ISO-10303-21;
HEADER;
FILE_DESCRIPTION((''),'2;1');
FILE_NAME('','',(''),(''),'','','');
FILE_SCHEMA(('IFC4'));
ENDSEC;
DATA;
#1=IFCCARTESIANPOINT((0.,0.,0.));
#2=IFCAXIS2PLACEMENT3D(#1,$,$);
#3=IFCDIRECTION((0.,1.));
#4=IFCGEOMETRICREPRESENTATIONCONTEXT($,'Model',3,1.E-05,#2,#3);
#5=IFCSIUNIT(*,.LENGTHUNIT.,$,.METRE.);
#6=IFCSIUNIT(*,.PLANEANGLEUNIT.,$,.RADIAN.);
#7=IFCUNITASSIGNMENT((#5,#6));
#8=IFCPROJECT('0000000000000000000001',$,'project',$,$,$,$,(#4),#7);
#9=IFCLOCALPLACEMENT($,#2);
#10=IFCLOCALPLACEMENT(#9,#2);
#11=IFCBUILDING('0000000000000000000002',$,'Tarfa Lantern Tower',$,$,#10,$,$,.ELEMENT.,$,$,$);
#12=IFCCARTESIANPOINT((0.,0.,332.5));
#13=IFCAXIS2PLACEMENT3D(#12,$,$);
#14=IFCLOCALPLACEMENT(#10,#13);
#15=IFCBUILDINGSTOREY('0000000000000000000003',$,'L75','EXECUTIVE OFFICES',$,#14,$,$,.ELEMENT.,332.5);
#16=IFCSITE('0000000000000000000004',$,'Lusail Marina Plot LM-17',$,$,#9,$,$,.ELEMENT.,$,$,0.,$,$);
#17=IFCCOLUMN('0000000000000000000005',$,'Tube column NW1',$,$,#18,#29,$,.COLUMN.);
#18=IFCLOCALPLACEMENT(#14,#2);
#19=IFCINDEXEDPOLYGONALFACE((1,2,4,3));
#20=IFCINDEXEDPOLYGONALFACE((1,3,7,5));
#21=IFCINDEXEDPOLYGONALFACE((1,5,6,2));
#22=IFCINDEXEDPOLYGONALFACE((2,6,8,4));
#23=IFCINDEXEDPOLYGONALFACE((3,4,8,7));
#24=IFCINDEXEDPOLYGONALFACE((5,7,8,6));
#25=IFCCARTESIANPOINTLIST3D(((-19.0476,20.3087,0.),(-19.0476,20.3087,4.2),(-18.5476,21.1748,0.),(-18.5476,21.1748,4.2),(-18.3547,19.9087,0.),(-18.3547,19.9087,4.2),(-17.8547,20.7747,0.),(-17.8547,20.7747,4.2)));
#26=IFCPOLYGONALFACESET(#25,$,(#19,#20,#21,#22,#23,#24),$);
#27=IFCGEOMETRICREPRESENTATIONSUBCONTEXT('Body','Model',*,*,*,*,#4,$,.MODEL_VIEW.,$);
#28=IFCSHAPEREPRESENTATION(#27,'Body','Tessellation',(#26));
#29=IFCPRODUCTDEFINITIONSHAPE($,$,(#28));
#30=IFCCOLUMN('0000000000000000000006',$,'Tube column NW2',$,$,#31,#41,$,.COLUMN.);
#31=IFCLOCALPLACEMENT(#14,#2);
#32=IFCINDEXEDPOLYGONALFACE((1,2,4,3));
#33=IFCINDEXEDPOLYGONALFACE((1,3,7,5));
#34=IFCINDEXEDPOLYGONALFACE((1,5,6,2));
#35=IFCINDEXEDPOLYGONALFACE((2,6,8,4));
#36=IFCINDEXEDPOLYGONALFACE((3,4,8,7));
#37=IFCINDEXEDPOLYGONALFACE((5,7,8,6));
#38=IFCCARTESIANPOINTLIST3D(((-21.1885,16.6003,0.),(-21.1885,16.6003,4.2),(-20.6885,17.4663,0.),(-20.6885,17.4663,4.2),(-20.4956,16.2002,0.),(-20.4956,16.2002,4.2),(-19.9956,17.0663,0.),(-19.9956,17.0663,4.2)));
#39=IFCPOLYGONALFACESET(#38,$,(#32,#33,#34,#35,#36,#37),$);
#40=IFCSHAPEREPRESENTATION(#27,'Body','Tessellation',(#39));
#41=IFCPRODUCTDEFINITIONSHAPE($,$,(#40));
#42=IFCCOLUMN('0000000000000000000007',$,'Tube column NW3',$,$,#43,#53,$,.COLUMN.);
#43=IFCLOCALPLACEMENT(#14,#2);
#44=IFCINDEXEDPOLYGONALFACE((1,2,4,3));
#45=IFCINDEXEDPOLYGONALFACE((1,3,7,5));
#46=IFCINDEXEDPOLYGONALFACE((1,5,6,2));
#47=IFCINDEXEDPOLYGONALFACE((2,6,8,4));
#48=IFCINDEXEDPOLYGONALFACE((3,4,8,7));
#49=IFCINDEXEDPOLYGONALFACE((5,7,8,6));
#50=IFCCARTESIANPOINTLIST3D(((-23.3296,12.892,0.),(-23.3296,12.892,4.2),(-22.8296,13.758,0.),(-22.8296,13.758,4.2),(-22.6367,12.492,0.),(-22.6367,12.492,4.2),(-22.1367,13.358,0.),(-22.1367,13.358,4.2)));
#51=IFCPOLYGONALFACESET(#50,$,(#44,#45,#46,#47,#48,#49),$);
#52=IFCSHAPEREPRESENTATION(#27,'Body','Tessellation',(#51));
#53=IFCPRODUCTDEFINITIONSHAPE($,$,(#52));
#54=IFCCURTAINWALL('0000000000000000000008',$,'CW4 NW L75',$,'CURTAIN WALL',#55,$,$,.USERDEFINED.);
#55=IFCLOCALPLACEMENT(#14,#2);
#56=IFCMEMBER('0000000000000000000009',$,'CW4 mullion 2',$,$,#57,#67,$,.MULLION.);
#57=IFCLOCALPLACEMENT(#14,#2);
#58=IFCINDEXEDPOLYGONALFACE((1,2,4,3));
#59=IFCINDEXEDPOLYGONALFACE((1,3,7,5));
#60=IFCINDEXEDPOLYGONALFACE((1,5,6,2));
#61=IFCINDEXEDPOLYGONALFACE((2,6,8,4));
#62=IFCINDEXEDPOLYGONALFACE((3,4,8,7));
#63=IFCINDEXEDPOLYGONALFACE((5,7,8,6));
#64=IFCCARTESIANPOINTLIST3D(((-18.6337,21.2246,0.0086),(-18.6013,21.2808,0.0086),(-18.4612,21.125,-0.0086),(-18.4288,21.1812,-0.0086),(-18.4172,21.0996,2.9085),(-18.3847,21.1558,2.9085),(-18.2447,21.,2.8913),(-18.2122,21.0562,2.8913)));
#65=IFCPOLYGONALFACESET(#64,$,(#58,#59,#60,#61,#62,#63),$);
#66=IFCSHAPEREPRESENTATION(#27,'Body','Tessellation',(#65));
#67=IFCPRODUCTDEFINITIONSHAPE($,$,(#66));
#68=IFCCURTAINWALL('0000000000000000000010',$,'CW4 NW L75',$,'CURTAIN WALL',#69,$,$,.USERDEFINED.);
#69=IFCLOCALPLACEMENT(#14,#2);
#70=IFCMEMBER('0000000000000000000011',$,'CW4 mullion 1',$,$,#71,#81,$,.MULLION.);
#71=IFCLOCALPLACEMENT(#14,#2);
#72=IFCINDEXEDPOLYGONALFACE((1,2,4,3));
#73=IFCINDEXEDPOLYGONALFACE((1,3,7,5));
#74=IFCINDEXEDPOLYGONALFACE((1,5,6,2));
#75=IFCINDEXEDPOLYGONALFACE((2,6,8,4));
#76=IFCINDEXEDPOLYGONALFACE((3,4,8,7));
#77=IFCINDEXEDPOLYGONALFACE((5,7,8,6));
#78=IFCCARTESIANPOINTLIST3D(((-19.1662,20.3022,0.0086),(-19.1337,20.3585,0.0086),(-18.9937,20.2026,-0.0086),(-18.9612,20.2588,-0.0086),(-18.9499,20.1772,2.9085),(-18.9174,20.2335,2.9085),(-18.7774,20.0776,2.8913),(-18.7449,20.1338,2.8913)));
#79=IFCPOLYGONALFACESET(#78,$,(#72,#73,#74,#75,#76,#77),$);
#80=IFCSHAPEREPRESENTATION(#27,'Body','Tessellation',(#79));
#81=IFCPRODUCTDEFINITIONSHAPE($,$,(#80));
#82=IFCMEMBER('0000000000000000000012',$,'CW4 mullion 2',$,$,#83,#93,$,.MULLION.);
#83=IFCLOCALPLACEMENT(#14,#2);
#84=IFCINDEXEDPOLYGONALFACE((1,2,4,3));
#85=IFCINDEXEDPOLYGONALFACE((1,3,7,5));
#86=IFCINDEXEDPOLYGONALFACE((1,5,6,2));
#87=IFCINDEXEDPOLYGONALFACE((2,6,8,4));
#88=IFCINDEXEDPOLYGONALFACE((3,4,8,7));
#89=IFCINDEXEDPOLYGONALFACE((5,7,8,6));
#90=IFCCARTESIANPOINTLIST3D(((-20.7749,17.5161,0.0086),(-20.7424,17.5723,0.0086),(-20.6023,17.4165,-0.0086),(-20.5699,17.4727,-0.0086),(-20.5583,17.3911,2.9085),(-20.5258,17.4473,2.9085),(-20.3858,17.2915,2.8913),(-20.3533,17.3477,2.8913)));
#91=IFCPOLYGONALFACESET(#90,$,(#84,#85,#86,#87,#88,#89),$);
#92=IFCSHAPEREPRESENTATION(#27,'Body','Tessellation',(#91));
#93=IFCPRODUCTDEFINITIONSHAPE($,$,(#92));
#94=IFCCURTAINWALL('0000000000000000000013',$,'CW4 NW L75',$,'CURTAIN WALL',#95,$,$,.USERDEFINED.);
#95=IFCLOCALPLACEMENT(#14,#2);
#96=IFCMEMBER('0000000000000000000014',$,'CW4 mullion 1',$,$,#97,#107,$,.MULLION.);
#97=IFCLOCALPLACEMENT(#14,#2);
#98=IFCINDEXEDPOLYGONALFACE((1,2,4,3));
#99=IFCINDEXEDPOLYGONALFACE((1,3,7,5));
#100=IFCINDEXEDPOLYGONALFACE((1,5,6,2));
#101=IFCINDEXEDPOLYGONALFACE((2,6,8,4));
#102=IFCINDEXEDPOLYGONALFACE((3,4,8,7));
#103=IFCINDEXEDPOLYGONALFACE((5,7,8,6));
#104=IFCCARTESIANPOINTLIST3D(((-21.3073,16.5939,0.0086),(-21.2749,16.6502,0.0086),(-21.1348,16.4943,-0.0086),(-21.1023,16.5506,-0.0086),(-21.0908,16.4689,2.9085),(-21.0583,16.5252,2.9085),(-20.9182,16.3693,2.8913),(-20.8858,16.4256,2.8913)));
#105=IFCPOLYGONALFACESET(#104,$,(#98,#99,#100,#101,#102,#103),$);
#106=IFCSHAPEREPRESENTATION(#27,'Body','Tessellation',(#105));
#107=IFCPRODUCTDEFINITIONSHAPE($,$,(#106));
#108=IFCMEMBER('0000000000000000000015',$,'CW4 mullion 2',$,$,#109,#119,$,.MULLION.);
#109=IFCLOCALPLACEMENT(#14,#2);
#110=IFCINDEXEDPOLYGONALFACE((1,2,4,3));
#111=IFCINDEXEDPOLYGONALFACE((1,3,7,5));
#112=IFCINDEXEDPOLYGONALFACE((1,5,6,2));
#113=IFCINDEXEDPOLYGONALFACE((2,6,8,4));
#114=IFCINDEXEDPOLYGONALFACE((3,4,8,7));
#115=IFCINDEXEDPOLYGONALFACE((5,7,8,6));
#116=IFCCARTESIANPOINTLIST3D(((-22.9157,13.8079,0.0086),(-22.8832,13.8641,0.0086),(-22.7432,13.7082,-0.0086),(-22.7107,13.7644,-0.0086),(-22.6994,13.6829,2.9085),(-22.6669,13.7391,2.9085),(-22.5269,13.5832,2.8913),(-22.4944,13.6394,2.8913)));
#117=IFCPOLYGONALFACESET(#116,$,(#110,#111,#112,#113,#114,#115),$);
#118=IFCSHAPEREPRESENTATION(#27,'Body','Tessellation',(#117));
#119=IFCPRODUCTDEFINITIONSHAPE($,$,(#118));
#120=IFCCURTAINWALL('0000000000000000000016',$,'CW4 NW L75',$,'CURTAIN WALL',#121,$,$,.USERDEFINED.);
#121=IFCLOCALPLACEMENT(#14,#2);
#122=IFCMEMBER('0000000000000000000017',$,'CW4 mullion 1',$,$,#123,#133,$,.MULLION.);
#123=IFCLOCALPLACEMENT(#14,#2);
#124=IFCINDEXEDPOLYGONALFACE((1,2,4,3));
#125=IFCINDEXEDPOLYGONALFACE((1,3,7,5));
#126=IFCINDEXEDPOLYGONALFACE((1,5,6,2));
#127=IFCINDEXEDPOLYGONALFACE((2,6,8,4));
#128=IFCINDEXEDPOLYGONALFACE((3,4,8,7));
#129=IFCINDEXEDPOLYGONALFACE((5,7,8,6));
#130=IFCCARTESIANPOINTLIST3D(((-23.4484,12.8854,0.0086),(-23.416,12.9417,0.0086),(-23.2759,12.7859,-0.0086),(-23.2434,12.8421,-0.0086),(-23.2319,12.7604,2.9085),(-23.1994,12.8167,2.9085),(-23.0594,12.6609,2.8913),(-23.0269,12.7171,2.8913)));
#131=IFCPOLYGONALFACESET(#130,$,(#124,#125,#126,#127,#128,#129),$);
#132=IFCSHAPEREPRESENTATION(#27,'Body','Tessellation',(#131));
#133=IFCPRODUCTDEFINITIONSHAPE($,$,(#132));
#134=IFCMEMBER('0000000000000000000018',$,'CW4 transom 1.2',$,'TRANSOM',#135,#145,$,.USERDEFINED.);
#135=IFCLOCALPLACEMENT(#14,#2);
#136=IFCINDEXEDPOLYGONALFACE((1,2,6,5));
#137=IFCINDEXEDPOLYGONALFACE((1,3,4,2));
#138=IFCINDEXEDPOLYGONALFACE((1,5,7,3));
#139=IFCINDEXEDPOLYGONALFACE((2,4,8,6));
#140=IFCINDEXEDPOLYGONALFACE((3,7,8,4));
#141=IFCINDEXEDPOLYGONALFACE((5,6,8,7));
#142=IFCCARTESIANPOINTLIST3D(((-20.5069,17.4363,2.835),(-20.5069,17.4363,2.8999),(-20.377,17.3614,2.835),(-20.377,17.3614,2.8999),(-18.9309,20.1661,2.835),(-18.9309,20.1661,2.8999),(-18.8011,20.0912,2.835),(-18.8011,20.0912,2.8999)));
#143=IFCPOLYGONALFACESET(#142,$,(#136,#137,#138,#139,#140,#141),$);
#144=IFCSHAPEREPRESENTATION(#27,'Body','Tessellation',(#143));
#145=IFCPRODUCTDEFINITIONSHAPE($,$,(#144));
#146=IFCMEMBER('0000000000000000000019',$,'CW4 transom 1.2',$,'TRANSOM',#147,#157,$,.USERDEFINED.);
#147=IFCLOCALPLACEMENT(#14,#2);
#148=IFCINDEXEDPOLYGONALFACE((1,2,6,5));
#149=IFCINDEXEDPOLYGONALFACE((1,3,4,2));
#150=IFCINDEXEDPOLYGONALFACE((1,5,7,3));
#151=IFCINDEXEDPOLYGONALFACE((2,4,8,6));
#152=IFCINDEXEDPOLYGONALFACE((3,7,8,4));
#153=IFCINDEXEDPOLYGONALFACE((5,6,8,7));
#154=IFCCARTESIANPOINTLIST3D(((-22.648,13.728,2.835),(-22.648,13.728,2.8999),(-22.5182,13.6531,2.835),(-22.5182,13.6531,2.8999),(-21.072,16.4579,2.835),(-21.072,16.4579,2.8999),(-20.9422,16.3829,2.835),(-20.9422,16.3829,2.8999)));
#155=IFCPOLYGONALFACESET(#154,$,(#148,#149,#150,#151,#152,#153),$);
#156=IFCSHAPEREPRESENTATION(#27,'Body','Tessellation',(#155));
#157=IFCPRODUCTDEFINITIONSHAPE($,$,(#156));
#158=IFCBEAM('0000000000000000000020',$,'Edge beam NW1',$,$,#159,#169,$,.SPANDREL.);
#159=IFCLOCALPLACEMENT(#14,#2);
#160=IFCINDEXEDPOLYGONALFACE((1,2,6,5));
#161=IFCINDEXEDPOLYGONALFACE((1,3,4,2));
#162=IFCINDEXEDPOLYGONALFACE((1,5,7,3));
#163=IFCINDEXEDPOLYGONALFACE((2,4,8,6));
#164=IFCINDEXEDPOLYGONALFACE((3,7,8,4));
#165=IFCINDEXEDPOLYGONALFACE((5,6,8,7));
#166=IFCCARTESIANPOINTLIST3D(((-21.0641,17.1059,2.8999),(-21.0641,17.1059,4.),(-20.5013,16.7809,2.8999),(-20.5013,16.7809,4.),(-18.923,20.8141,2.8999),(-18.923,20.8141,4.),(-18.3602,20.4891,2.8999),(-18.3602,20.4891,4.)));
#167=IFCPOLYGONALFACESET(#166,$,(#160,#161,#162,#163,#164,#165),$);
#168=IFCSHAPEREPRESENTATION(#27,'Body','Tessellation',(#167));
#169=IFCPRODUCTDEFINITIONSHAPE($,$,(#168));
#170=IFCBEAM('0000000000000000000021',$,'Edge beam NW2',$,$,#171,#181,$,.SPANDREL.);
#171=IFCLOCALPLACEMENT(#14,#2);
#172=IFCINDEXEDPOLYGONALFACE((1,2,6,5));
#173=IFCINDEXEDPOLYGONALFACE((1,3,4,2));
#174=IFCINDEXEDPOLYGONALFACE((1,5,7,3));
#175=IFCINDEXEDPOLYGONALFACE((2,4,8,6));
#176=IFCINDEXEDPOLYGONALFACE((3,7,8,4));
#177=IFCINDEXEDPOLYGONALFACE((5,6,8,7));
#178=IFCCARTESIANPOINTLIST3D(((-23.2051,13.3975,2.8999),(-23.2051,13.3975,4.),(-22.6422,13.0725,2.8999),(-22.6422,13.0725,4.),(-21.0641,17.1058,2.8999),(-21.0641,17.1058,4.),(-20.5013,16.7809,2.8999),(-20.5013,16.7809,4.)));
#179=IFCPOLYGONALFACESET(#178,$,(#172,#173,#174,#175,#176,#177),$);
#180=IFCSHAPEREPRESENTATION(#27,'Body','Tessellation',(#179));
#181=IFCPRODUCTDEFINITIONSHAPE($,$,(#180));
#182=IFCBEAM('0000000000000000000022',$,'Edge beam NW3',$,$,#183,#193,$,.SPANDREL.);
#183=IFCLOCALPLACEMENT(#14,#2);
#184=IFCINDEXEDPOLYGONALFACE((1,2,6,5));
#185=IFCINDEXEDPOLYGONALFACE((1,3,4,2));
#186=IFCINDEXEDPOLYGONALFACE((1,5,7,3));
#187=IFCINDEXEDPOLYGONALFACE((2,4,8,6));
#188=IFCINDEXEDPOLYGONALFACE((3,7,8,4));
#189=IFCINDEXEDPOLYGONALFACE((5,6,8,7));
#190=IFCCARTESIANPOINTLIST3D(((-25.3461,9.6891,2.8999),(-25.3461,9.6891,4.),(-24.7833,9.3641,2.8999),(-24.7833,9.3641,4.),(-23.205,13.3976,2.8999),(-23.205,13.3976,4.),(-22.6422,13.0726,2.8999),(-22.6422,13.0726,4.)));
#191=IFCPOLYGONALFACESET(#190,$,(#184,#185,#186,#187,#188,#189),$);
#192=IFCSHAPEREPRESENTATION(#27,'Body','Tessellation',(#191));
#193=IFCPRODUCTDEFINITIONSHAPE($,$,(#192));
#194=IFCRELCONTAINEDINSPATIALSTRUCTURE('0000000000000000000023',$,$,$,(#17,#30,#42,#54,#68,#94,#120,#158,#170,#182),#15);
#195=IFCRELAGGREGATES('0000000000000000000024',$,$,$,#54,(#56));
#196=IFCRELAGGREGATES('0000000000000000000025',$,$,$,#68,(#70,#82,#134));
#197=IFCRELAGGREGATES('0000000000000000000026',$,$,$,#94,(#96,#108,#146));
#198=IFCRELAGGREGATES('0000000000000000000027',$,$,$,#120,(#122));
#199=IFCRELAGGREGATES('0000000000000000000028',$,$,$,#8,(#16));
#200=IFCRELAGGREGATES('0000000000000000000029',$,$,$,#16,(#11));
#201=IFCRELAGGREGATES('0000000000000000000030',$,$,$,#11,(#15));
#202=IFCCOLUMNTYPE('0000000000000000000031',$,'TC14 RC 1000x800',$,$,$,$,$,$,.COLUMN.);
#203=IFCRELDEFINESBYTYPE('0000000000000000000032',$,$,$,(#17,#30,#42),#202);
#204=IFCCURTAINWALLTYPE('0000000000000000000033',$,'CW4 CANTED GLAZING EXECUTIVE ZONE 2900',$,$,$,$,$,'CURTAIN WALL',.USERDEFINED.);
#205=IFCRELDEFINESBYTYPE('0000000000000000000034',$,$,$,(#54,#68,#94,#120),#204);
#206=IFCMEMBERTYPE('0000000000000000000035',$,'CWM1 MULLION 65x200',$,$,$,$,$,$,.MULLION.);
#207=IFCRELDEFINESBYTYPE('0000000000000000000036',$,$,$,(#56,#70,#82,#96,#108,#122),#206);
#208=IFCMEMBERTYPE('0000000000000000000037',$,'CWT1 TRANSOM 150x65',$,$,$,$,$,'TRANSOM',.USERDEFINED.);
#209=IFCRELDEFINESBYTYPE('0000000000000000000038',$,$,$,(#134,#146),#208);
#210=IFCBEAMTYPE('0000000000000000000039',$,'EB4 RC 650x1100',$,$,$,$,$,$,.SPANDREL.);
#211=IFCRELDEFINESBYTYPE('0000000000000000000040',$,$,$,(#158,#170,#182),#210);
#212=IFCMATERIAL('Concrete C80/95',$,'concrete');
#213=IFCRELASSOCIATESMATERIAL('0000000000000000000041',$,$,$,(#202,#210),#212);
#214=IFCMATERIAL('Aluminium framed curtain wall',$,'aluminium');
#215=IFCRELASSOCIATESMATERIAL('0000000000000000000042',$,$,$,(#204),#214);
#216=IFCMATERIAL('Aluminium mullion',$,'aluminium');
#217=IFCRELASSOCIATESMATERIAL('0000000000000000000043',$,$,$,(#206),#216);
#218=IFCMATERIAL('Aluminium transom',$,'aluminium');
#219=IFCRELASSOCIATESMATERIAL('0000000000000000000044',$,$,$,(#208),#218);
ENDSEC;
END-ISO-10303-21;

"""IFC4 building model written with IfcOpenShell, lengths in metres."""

from ifc_helpers import new_model, si_unit, direction, frame, origin, origin_2d, place, context, subcontext, project, spatial, rectangle, extrude, material, material_profile, profile_set, type_object, element, aggregate, save


model = new_model("IFC4")

# Units and contexts
model_context = context("Model", 3, precision=1e-05, world=origin(), true_north=direction((0.0, 1.0)))
body_context = subcontext(model_context, "Body", "Model", "MODEL_VIEW")
ifc_project = project(units=[si_unit("LENGTHUNIT", "METRE"), si_unit("PLANEANGLEUNIT", "RADIAN")], contexts=[model_context])

# Site, building, storey
site_placement = place(None, origin())
site = spatial("IfcSite", under=ifc_project, at=site_placement, Name="Lusail Marina Plot LM-17", CompositionType="ELEMENT", RefElevation=0.0)
building_placement = place(site_placement, origin())
building = spatial("IfcBuilding", under=site, at=building_placement, Name="Tarfa Lantern Tower", CompositionType="ELEMENT")
storey_placement = place(building_placement, frame((0.0, 0.0, 332.5)))
storey = spatial("IfcBuildingStorey", under=building, at=storey_placement, Name="L75", Description="EXECUTIVE OFFICES", CompositionType="ELEMENT", Elevation=332.5)

# Columns
ifc_material_1 = material(Name="Concrete C80/95", Category="concrete")
ifc_material_profile_1 = material_profile(ifc_material_1, rectangle(XDim=1.0, YDim=0.8, at=origin_2d()), Name="RC 1000x800")
ifc_profile_set_1 = profile_set([ifc_material_profile_1], Name="Concrete C80/95")
column_type = type_object("IfcColumnType", Name="TC14 RC 1000x800", PredefinedType="COLUMN", material=ifc_profile_set_1)
for number, where, z_axis, x_axis, name in (
    (1, (-18.4512, 20.5417, 0.0), (0.0, 0.0, 1.0), (-0.5, -0.866025, 0.0), "Tube column NW1"),
    (2, (-20.592, 16.8333, 0.0), (0.0, 0.0, 1.0), (-0.5, -0.866025, 0.0), "Tube column NW2"),
    (3, (-22.7332, 13.125, 0.0), (0.0, 0.0, 1.0), (-0.5, -0.866025, 0.0), "Tube column NW3"),
):
    element("IfcColumn", number, at=place(storey_placement, frame(where, z_axis=z_axis, x_axis=x_axis)), inside=storey, type_object=column_type, Name=name, PredefinedType="COLUMN", context=body_context, shape_type="SweptSolid", body=[
        extrude(rectangle(XDim=1.0, YDim=0.8, at=origin_2d()), origin(), (0.0, 0.0, 1.0), 4.2),
    ])

# Curtain wall, member
ifc_material_2 = material(Name="Aluminium framed curtain wall", Category="aluminium")
curtain_wall_type = type_object("IfcCurtainWallType", Name="CW4 CANTED GLAZING EXECUTIVE ZONE 2900", ElementType="CURTAIN WALL", PredefinedType="USERDEFINED", material=ifc_material_2)
curtain_wall_1_placement = place(storey_placement, origin())
curtain_wall_1 = element("IfcCurtainWall", 4, at=curtain_wall_1_placement, inside=storey, type_object=curtain_wall_type, Name="CW4 NW L75", ObjectType="CURTAIN WALL", PredefinedType="USERDEFINED")
ifc_material_3 = material(Name="Aluminium mullion", Category="aluminium")
ifc_material_profile_2 = material_profile(ifc_material_3, rectangle(XDim=0.0649, YDim=0.2, at=origin_2d()), Name="AL MULLION 65x200")
ifc_profile_set_2 = profile_set([ifc_material_profile_2], Name="Aluminium mullion")
member_type_1 = type_object("IfcMemberType", Name="CWM1 MULLION 65x200", PredefinedType="MULLION", material=ifc_profile_set_2)
member_1_placement = place(storey_placement, frame((-18.5312, 21.2029, 0.0), z_axis=(0.0744, -0.042946, 0.996303), x_axis=(0.49992, 0.866072, 0.0)))
member_1 = element("IfcMember", 5, at=member_1_placement, type_object=member_type_1, Name="CW4 mullion 2", PredefinedType="MULLION", context=body_context, shape_type="SweptSolid", body=[
    extrude(rectangle(XDim=0.0649, YDim=0.2, at=origin_2d()), origin(), (0.0, 0.0, 1.0), 2.9106),
])
aggregate(curtain_wall_1, [member_1])

# Curtain walls, members
curtain_wall_2_placement = place(storey_placement, origin())
curtain_wall_2 = element("IfcCurtainWall", 6, at=curtain_wall_2_placement, inside=storey, type_object=curtain_wall_type, Name="CW4 NW L75", ObjectType="CURTAIN WALL", PredefinedType="USERDEFINED")
member_2_placement = place(storey_placement, frame((-19.0637, 20.2805, 0.0), z_axis=(0.074316, -0.042946, 0.99631), x_axis=(0.500343, 0.865827, 0.0)))
member_2 = element("IfcMember", 7, at=member_2_placement, type_object=member_type_1, Name="CW4 mullion 1", PredefinedType="MULLION", context=body_context, shape_type="SweptSolid", body=[
    extrude(rectangle(XDim=0.0649, YDim=0.2, at=origin_2d()), origin(), (0.0, 0.0, 1.0), 2.9106),
])
member_3_placement = place(storey_placement, frame((-20.6724, 17.4944, 0.0), z_axis=(0.0744, -0.042946, 0.996303), x_axis=(0.49992, 0.866072, 0.0)))
member_3 = element("IfcMember", 8, at=member_3_placement, type_object=member_type_1, Name="CW4 mullion 2", PredefinedType="MULLION", context=body_context, shape_type="SweptSolid", body=[
    extrude(rectangle(XDim=0.0649, YDim=0.2, at=origin_2d()), origin(), (0.0, 0.0, 1.0), 2.9106),
])
curtain_wall_3_placement = place(storey_placement, origin())
curtain_wall_3 = element("IfcCurtainWall", 9, at=curtain_wall_3_placement, inside=storey, type_object=curtain_wall_type, Name="CW4 NW L75", ObjectType="CURTAIN WALL", PredefinedType="USERDEFINED")
member_4_placement = place(storey_placement, frame((-21.2048, 16.5723, 0.0), z_axis=(0.0744, -0.042946, 0.996303), x_axis=(0.49992, 0.866072, 0.0)))
member_4 = element("IfcMember", 10, at=member_4_placement, type_object=member_type_1, Name="CW4 mullion 1", PredefinedType="MULLION", context=body_context, shape_type="SweptSolid", body=[
    extrude(rectangle(XDim=0.0649, YDim=0.2, at=origin_2d()), origin(), (0.0, 0.0, 1.0), 2.9106),
])
member_5_placement = place(storey_placement, frame((-22.8132, 13.7861, 0.0), z_axis=(0.074316, -0.042946, 0.99631), x_axis=(0.500343, 0.865827, 0.0)))
member_5 = element("IfcMember", 11, at=member_5_placement, type_object=member_type_1, Name="CW4 mullion 2", PredefinedType="MULLION", context=body_context, shape_type="SweptSolid", body=[
    extrude(rectangle(XDim=0.0649, YDim=0.2, at=origin_2d()), origin(), (0.0, 0.0, 1.0), 2.9106),
])

# Curtain wall, member
curtain_wall_4_placement = place(storey_placement, origin())
curtain_wall_4 = element("IfcCurtainWall", 12, at=curtain_wall_4_placement, inside=storey, type_object=curtain_wall_type, Name="CW4 NW L75", ObjectType="CURTAIN WALL", PredefinedType="USERDEFINED")
member_6_placement = place(storey_placement, frame((-23.3459, 12.8638, 0.0), z_axis=(0.0744, -0.042946, 0.996303), x_axis=(0.49992, 0.866072, 0.0)))
member_6 = element("IfcMember", 13, at=member_6_placement, type_object=member_type_1, Name="CW4 mullion 1", PredefinedType="MULLION", context=body_context, shape_type="SweptSolid", body=[
    extrude(rectangle(XDim=0.0649, YDim=0.2, at=origin_2d()), origin(), (0.0, 0.0, 1.0), 2.9106),
])

# Members
ifc_material_4 = material(Name="Aluminium transom", Category="aluminium")
ifc_material_profile_3 = material_profile(ifc_material_4, rectangle(XDim=0.1499, YDim=0.0649, at=origin_2d()), Name="AL TRANSOM 150x65")
ifc_profile_set_3 = profile_set([ifc_material_profile_3], Name="Aluminium transom")
member_type_2 = type_object("IfcMemberType", Name="CWT1 TRANSOM 150x65", ElementType="TRANSOM", PredefinedType="USERDEFINED", material=ifc_profile_set_3)
member_7_placement = place(storey_placement, frame((-18.866, 20.1287, 2.8674), z_axis=(-0.499979, -0.866037, 0.0), x_axis=(0.866037, -0.499979, 0.0)))
member_7 = element("IfcMember", 14, at=member_7_placement, type_object=member_type_2, Name="CW4 transom 1.2", ObjectType="TRANSOM", PredefinedType="USERDEFINED", context=body_context, shape_type="SweptSolid", body=[
    extrude(rectangle(XDim=0.1499, YDim=0.0649, at=origin_2d()), origin(), (0.0, 0.0, 1.0), 3.1521),
])
member_8_placement = place(storey_placement, frame((-21.0071, 16.4204, 2.8674), z_axis=(-0.499979, -0.866037, 0.0), x_axis=(0.866037, -0.499979, 0.0)))
member_8 = element("IfcMember", 15, at=member_8_placement, type_object=member_type_2, Name="CW4 transom 1.2", ObjectType="TRANSOM", PredefinedType="USERDEFINED", context=body_context, shape_type="SweptSolid", body=[
    extrude(rectangle(XDim=0.1499, YDim=0.0649, at=origin_2d()), origin(), (0.0, 0.0, 1.0), 3.1521),
])

# Beams
ifc_material_profile_4 = material_profile(ifc_material_1, rectangle(XDim=0.6499, YDim=1.1001, at=origin_2d()), Name="RC 650x1100")
ifc_profile_set_4 = profile_set([ifc_material_profile_4], Name="Concrete C80/95")
beam_type_1 = type_object("IfcBeamType", Name="EB4 RC 650x1100", PredefinedType="SPANDREL", material=ifc_profile_set_4)
for number, where, z_axis, x_axis, name in (
    (16, (-18.6416, 20.6516, 3.45), (-0.500027, -0.86601, 0.0), (0.86601, -0.500027, 0.0), "Edge beam NW1"),
    (17, (-20.7827, 16.9434, 3.45), (-0.499984, -0.866035, 0.0), (0.866035, -0.499984, 0.0), "Edge beam NW2"),
):
    element("IfcBeam", number, at=place(storey_placement, frame(where, z_axis=z_axis, x_axis=x_axis)), inside=storey, type_object=beam_type_1, Name=name, PredefinedType="SPANDREL", context=body_context, shape_type="SweptSolid", body=[
        extrude(rectangle(XDim=0.6499, YDim=1.1001, at=origin_2d()), origin(), (0.0, 0.0, 1.0), 4.282),
    ])
beam_1_placement = place(storey_placement, frame((-22.9236, 13.2351, 3.45), z_axis=(-0.500002, -0.866024, 0.0), x_axis=(0.866024, -0.500002, 0.0)))
element("IfcBeam", 18, at=beam_1_placement, inside=storey, type_object=beam_type_1, Name="Edge beam NW3", PredefinedType="SPANDREL", context=body_context, shape_type="SweptSolid", body=[
    extrude(rectangle(XDim=0.6499, YDim=1.1001, at=origin_2d()), origin(), (0.0, 0.0, 1.0), 4.2822),
])

aggregate(curtain_wall_2, [member_2, member_3, member_7])
aggregate(curtain_wall_3, [member_4, member_5, member_8])
aggregate(curtain_wall_4, [member_6])

save(model, "model.ifc")
